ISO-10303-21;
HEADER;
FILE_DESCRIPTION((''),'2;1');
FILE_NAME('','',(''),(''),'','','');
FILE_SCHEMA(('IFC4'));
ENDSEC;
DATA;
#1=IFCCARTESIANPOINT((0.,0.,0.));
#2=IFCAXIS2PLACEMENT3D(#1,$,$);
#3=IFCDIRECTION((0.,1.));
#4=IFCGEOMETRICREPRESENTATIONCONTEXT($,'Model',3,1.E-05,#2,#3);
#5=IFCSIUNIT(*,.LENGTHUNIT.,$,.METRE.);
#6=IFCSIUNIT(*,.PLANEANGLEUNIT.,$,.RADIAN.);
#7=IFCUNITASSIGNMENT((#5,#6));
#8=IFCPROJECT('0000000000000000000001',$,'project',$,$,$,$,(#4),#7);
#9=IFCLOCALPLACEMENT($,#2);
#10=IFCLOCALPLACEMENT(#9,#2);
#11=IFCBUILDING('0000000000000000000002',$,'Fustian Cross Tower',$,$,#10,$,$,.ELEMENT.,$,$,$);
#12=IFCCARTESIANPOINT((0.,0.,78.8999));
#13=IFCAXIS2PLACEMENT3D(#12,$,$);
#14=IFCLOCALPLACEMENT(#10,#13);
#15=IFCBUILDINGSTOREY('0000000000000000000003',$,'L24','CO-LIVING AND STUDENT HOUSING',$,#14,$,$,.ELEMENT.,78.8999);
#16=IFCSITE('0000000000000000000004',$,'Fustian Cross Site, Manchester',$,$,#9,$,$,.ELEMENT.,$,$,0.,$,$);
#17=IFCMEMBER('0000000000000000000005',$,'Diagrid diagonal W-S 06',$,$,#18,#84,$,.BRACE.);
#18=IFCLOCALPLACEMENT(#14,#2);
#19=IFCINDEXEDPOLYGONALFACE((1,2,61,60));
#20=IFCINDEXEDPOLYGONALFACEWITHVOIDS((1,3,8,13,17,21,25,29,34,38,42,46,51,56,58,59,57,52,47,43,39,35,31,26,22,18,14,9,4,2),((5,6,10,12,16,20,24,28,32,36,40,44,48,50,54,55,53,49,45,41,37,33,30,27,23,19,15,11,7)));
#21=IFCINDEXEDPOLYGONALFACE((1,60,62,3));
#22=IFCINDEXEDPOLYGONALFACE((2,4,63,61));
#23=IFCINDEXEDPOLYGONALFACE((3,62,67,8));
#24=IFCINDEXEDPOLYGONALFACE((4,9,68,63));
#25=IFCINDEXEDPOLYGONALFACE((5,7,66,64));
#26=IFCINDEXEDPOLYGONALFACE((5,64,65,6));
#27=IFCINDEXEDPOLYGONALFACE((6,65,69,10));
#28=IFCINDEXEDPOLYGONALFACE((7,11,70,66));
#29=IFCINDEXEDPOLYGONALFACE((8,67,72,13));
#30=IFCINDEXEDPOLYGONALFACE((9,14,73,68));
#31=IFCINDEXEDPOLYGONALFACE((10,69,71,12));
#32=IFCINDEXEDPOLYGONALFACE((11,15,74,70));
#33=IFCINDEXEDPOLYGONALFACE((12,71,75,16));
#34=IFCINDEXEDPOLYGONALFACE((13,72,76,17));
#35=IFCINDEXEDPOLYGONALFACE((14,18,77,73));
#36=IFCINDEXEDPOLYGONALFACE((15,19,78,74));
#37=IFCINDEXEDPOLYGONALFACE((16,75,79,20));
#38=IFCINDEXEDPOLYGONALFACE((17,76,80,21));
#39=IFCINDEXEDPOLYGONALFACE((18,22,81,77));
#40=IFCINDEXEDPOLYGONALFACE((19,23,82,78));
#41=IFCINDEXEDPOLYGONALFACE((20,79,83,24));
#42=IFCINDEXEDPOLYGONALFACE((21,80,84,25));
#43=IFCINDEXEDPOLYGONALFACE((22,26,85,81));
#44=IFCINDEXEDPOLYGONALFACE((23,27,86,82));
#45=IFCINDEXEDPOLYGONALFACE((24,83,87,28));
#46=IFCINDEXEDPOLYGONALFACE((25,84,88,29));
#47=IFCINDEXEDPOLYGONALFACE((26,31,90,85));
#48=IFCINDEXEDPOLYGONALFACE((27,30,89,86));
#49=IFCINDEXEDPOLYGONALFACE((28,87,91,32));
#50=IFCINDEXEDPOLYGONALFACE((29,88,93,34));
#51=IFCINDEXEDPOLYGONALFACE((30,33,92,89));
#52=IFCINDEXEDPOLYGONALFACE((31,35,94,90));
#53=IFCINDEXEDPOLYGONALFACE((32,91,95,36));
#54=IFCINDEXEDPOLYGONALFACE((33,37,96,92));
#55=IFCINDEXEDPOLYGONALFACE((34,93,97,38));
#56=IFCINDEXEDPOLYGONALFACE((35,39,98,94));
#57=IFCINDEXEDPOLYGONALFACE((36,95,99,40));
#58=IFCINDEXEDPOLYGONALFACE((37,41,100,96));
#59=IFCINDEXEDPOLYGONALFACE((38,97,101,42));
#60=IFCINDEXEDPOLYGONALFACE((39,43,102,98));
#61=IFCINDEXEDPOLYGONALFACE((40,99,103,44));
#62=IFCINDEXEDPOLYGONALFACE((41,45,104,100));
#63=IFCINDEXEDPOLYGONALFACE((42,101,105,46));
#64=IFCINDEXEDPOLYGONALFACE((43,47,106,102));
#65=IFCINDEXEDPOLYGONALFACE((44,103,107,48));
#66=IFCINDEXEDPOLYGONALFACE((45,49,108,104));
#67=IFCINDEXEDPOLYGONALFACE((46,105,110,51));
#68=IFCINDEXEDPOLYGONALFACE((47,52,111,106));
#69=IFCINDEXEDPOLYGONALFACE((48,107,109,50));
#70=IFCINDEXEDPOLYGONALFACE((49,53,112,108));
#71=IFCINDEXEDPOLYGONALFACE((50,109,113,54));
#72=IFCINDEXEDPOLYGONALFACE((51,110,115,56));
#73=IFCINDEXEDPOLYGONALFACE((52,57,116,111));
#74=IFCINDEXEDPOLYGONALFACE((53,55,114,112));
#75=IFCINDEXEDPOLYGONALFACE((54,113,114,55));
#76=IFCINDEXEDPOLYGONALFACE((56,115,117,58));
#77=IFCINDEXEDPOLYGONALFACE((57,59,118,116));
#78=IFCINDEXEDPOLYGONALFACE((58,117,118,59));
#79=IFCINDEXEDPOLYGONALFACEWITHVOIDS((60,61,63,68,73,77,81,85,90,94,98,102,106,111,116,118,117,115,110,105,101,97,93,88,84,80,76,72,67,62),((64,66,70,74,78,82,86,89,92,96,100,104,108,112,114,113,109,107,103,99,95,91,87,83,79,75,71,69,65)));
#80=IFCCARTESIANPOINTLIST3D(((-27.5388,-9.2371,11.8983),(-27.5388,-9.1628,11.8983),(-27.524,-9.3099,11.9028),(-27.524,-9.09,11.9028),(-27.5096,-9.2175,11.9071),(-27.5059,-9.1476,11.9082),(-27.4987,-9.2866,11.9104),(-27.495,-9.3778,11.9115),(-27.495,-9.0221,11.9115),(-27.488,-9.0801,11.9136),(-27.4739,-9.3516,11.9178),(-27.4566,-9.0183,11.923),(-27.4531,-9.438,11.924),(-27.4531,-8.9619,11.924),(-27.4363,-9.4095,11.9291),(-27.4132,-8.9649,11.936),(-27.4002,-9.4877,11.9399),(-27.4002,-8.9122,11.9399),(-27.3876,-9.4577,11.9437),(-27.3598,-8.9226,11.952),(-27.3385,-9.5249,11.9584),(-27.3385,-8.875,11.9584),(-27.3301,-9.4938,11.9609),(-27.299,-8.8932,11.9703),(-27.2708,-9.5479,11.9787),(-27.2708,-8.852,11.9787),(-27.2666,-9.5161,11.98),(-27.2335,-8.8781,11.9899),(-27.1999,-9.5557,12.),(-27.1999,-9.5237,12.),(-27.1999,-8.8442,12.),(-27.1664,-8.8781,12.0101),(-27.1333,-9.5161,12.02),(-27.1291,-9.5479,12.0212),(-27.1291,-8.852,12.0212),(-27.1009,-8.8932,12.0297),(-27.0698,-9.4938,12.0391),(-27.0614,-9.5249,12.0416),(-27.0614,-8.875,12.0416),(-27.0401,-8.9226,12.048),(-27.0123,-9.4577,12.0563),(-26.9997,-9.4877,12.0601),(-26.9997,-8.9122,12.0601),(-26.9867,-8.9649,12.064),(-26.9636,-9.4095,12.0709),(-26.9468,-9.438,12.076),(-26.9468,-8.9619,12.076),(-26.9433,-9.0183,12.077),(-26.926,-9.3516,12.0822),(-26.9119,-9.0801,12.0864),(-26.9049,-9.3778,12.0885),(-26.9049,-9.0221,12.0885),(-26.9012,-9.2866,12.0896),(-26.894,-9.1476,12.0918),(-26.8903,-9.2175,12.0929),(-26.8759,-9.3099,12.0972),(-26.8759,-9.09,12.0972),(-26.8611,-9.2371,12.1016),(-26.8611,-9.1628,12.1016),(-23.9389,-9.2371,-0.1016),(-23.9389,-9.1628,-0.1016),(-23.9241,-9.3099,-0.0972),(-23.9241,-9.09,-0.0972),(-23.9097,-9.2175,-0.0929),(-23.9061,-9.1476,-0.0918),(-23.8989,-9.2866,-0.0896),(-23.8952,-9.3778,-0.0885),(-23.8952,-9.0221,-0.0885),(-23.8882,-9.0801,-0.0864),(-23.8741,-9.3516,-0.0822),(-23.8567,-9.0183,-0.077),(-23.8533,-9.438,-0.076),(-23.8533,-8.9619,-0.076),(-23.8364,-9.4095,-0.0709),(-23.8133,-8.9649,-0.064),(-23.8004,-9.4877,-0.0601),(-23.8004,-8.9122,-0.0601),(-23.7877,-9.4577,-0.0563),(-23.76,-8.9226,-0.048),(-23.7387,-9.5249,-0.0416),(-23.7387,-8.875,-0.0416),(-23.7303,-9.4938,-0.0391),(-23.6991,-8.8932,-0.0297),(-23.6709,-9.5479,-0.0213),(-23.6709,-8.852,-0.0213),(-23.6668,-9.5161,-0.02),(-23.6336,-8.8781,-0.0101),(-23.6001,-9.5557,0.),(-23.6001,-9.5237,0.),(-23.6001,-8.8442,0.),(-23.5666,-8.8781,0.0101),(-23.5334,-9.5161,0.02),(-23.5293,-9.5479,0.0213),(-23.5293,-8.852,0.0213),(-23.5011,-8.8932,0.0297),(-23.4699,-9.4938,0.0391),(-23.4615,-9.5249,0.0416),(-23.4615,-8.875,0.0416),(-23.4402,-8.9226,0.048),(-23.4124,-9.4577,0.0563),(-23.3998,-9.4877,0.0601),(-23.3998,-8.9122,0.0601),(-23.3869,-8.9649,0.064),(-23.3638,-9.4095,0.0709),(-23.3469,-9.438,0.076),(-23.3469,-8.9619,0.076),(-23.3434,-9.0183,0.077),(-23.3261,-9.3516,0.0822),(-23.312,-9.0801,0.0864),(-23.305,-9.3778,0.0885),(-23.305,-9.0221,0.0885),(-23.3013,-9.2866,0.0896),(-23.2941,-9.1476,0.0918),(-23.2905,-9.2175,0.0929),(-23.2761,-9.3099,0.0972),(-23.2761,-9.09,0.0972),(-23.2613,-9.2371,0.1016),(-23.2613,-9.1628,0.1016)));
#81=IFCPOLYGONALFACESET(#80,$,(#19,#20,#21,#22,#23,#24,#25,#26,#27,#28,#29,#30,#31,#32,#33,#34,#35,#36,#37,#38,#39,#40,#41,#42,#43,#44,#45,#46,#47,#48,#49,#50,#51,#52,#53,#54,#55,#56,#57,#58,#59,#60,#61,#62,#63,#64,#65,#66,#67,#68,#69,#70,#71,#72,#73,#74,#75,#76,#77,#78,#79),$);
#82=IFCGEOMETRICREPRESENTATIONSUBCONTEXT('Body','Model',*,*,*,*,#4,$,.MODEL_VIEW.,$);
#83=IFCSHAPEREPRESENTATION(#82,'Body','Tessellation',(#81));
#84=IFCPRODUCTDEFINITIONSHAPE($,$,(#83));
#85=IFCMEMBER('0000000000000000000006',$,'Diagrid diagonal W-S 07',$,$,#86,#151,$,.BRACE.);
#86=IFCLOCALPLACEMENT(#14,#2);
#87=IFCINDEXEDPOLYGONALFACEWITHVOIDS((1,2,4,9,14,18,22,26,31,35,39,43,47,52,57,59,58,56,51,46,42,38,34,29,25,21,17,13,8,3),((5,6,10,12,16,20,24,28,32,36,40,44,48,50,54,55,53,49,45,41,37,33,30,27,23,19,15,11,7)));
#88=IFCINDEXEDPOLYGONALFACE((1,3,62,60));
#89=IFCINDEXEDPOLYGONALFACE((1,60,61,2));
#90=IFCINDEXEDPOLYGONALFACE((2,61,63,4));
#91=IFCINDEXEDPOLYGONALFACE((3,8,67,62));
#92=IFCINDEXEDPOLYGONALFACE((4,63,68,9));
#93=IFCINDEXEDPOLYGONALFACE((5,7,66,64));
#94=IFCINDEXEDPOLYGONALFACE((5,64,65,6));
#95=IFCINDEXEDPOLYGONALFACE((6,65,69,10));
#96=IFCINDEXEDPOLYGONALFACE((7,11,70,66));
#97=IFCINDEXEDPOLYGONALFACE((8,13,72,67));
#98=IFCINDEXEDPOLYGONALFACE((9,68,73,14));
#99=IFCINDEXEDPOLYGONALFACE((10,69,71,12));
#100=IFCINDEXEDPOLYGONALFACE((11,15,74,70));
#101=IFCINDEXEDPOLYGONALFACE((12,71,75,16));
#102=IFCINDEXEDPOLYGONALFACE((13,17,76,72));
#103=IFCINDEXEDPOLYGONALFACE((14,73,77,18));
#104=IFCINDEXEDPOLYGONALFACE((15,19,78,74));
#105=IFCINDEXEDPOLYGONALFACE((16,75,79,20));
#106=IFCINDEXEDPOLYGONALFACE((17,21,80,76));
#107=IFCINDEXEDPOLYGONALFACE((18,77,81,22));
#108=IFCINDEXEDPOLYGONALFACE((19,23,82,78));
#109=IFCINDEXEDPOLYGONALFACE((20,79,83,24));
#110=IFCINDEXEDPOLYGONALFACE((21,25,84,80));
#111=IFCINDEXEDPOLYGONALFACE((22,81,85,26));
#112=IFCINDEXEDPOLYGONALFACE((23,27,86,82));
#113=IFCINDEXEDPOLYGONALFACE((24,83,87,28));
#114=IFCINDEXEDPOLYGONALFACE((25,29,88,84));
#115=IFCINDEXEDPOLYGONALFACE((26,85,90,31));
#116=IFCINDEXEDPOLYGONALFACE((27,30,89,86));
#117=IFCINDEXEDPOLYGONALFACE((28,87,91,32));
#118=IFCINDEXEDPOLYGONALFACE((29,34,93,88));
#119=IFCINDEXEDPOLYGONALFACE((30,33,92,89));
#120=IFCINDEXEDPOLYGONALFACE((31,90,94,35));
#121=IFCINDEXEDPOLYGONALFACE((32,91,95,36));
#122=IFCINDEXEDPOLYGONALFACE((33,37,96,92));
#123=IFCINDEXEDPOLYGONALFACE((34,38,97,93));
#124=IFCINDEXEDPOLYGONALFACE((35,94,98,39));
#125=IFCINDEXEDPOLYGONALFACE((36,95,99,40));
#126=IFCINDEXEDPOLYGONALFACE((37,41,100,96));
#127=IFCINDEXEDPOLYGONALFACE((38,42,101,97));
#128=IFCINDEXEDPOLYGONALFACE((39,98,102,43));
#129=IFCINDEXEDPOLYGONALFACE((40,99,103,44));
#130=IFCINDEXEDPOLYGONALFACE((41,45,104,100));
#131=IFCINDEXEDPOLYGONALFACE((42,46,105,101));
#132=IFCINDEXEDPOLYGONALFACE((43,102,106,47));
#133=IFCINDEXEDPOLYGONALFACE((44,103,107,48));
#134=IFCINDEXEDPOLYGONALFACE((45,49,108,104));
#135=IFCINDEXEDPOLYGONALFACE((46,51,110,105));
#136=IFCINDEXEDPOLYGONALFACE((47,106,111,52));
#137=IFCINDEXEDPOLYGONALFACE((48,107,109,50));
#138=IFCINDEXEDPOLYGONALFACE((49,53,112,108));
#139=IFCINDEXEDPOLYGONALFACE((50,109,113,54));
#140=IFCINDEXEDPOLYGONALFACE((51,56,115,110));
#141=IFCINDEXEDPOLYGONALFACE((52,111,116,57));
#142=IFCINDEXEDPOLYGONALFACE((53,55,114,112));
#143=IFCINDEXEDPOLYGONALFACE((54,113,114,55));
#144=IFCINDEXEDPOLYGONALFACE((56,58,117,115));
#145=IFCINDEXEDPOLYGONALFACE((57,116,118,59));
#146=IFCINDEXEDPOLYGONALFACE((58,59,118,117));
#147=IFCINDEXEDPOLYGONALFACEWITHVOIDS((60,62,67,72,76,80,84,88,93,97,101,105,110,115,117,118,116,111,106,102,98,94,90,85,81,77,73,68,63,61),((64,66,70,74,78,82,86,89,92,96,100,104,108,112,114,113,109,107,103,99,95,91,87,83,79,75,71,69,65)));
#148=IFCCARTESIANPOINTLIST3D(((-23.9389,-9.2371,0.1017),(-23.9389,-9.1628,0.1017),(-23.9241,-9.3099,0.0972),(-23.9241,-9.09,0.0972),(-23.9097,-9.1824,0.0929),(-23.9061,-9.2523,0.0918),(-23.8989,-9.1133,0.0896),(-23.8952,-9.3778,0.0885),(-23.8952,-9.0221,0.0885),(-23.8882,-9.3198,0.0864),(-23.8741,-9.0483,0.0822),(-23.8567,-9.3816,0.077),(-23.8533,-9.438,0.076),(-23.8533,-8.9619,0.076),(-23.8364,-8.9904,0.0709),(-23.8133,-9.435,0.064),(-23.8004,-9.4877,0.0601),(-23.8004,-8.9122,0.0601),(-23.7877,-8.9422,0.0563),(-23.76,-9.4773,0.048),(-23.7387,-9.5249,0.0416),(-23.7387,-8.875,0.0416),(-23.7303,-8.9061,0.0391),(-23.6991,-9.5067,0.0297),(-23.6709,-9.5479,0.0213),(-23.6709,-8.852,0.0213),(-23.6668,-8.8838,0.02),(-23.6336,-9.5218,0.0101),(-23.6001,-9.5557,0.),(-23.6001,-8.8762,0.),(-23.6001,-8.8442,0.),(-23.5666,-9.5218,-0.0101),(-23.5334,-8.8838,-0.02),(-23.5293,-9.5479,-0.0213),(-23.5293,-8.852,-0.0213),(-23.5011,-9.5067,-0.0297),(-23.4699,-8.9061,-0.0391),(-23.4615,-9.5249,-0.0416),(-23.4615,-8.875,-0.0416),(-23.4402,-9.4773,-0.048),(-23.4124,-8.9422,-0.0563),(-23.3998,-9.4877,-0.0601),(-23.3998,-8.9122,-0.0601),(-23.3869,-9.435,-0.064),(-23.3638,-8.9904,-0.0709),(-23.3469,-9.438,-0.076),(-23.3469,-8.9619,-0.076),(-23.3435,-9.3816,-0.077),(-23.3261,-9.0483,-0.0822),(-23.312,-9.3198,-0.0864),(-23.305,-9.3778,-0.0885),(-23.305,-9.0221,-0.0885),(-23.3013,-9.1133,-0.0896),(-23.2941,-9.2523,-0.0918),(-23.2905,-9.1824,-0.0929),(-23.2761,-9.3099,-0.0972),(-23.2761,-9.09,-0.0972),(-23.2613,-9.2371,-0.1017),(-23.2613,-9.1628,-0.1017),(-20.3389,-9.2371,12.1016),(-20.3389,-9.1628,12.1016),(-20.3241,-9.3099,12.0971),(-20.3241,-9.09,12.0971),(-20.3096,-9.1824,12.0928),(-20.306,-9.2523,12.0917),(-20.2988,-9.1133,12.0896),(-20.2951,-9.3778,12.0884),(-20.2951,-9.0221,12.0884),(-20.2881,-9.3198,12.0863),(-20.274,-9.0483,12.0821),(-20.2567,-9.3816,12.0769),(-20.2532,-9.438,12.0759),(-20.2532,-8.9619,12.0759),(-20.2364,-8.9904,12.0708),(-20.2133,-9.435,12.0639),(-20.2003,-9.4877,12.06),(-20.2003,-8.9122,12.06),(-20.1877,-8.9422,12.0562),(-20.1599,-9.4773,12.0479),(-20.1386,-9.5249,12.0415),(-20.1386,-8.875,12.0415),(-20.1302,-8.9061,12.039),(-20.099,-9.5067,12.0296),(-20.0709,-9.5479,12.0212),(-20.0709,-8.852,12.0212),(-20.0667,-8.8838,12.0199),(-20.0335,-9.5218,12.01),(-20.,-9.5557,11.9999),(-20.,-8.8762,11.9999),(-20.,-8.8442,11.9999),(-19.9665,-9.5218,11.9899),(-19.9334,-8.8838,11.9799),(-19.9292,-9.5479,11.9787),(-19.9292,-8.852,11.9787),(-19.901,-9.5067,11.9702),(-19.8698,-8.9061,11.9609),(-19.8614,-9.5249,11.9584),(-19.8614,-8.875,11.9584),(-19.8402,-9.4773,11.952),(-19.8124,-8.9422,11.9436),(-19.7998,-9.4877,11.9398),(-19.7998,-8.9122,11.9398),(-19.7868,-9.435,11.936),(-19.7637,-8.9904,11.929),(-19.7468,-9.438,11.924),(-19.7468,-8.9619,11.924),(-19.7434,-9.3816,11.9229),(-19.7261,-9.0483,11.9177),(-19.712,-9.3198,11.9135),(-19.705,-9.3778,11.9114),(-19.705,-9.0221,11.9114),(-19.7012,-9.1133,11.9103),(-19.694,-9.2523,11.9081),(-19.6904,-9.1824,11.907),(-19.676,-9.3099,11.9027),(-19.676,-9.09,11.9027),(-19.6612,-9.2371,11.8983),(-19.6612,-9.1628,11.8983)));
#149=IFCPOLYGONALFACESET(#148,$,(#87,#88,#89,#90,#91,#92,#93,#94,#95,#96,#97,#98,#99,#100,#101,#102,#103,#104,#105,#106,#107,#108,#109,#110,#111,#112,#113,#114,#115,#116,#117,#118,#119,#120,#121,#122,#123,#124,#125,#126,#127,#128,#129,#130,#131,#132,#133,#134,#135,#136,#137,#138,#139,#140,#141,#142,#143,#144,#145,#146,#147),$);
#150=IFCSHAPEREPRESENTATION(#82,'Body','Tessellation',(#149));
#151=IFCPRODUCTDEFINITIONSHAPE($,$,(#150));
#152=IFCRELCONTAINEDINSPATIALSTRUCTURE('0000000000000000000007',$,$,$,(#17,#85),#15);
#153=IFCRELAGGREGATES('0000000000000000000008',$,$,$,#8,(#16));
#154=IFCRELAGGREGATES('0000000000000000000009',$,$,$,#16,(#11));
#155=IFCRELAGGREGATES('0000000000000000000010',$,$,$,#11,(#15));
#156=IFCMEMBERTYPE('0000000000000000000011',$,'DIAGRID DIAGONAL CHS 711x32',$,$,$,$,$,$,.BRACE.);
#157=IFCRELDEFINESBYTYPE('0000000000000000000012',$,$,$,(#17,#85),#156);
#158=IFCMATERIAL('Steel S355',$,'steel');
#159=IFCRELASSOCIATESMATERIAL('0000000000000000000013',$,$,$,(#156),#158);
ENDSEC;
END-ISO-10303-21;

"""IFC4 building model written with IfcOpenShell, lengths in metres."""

from ifc_helpers import new_model, si_unit, direction, frame, origin, origin_2d, place, context, subcontext, project, spatial, hollow_circle, extrude, material, material_profile, profile_set, type_object, element, save


model = new_model("IFC4")

# Units and contexts
model_context = context("Model", 3, precision=1e-05, world=origin(), true_north=direction((0.0, 1.0)))
body_context = subcontext(model_context, "Body", "Model", "MODEL_VIEW")
ifc_project = project(units=[si_unit("LENGTHUNIT", "METRE"), si_unit("PLANEANGLEUNIT", "RADIAN")], contexts=[model_context])

# Site, building, storey
site_placement = place(None, origin())
site = spatial("IfcSite", under=ifc_project, at=site_placement, Name="Fustian Cross Site, Manchester", CompositionType="ELEMENT", RefElevation=0.0)
building_placement = place(site_placement, origin())
building = spatial("IfcBuilding", under=site, at=building_placement, Name="Fustian Cross Tower", CompositionType="ELEMENT")
storey_placement = place(building_placement, frame((0.0, 0.0, 78.8999)))
storey = spatial("IfcBuildingStorey", under=building, at=storey_placement, Name="L24", Description="CO-LIVING AND STUDENT HOUSING", CompositionType="ELEMENT", Elevation=78.8999)

# Members
ifc_material_1 = material(Name="Steel S355", Category="steel")
ifc_material_profile_1 = material_profile(ifc_material_1, hollow_circle(Radius=0.3557, WallThickness=0.032, at=origin_2d()), Name="CHS 711x32")
ifc_profile_set_1 = profile_set([ifc_material_profile_1], Name="Steel S355")
member_type_1 = type_object("IfcMemberType", Name="DIAGRID DIAGONAL CHS 711x32", PredefinedType="BRACE", material=ifc_profile_set_1)
for number, where, z_axis, x_axis, name in (
    (1, (-23.6001, -9.2, 0.0), (-0.287337, 0.0, 0.95783), (0.0, -1.0, 0.0), "Diagrid diagonal W-S 06"),
    (2, (-23.6001, -9.2, 0.0), (0.287355, 0.0, 0.957824), (0.0, 1.0, 0.0), "Diagrid diagonal W-S 07"),
):
    element("IfcMember", number, at=place(storey_placement, frame(where, z_axis=z_axis, x_axis=x_axis)), inside=storey, type_object=member_type_1, Name=name, PredefinedType="BRACE", context=body_context, shape_type="SweptSolid", body=[
        extrude(hollow_circle(Radius=0.3557, WallThickness=0.032, at=origin_2d()), origin(), (0.0, 0.0, 1.0), 12.5283),
    ])

save(model, "model.ifc")
